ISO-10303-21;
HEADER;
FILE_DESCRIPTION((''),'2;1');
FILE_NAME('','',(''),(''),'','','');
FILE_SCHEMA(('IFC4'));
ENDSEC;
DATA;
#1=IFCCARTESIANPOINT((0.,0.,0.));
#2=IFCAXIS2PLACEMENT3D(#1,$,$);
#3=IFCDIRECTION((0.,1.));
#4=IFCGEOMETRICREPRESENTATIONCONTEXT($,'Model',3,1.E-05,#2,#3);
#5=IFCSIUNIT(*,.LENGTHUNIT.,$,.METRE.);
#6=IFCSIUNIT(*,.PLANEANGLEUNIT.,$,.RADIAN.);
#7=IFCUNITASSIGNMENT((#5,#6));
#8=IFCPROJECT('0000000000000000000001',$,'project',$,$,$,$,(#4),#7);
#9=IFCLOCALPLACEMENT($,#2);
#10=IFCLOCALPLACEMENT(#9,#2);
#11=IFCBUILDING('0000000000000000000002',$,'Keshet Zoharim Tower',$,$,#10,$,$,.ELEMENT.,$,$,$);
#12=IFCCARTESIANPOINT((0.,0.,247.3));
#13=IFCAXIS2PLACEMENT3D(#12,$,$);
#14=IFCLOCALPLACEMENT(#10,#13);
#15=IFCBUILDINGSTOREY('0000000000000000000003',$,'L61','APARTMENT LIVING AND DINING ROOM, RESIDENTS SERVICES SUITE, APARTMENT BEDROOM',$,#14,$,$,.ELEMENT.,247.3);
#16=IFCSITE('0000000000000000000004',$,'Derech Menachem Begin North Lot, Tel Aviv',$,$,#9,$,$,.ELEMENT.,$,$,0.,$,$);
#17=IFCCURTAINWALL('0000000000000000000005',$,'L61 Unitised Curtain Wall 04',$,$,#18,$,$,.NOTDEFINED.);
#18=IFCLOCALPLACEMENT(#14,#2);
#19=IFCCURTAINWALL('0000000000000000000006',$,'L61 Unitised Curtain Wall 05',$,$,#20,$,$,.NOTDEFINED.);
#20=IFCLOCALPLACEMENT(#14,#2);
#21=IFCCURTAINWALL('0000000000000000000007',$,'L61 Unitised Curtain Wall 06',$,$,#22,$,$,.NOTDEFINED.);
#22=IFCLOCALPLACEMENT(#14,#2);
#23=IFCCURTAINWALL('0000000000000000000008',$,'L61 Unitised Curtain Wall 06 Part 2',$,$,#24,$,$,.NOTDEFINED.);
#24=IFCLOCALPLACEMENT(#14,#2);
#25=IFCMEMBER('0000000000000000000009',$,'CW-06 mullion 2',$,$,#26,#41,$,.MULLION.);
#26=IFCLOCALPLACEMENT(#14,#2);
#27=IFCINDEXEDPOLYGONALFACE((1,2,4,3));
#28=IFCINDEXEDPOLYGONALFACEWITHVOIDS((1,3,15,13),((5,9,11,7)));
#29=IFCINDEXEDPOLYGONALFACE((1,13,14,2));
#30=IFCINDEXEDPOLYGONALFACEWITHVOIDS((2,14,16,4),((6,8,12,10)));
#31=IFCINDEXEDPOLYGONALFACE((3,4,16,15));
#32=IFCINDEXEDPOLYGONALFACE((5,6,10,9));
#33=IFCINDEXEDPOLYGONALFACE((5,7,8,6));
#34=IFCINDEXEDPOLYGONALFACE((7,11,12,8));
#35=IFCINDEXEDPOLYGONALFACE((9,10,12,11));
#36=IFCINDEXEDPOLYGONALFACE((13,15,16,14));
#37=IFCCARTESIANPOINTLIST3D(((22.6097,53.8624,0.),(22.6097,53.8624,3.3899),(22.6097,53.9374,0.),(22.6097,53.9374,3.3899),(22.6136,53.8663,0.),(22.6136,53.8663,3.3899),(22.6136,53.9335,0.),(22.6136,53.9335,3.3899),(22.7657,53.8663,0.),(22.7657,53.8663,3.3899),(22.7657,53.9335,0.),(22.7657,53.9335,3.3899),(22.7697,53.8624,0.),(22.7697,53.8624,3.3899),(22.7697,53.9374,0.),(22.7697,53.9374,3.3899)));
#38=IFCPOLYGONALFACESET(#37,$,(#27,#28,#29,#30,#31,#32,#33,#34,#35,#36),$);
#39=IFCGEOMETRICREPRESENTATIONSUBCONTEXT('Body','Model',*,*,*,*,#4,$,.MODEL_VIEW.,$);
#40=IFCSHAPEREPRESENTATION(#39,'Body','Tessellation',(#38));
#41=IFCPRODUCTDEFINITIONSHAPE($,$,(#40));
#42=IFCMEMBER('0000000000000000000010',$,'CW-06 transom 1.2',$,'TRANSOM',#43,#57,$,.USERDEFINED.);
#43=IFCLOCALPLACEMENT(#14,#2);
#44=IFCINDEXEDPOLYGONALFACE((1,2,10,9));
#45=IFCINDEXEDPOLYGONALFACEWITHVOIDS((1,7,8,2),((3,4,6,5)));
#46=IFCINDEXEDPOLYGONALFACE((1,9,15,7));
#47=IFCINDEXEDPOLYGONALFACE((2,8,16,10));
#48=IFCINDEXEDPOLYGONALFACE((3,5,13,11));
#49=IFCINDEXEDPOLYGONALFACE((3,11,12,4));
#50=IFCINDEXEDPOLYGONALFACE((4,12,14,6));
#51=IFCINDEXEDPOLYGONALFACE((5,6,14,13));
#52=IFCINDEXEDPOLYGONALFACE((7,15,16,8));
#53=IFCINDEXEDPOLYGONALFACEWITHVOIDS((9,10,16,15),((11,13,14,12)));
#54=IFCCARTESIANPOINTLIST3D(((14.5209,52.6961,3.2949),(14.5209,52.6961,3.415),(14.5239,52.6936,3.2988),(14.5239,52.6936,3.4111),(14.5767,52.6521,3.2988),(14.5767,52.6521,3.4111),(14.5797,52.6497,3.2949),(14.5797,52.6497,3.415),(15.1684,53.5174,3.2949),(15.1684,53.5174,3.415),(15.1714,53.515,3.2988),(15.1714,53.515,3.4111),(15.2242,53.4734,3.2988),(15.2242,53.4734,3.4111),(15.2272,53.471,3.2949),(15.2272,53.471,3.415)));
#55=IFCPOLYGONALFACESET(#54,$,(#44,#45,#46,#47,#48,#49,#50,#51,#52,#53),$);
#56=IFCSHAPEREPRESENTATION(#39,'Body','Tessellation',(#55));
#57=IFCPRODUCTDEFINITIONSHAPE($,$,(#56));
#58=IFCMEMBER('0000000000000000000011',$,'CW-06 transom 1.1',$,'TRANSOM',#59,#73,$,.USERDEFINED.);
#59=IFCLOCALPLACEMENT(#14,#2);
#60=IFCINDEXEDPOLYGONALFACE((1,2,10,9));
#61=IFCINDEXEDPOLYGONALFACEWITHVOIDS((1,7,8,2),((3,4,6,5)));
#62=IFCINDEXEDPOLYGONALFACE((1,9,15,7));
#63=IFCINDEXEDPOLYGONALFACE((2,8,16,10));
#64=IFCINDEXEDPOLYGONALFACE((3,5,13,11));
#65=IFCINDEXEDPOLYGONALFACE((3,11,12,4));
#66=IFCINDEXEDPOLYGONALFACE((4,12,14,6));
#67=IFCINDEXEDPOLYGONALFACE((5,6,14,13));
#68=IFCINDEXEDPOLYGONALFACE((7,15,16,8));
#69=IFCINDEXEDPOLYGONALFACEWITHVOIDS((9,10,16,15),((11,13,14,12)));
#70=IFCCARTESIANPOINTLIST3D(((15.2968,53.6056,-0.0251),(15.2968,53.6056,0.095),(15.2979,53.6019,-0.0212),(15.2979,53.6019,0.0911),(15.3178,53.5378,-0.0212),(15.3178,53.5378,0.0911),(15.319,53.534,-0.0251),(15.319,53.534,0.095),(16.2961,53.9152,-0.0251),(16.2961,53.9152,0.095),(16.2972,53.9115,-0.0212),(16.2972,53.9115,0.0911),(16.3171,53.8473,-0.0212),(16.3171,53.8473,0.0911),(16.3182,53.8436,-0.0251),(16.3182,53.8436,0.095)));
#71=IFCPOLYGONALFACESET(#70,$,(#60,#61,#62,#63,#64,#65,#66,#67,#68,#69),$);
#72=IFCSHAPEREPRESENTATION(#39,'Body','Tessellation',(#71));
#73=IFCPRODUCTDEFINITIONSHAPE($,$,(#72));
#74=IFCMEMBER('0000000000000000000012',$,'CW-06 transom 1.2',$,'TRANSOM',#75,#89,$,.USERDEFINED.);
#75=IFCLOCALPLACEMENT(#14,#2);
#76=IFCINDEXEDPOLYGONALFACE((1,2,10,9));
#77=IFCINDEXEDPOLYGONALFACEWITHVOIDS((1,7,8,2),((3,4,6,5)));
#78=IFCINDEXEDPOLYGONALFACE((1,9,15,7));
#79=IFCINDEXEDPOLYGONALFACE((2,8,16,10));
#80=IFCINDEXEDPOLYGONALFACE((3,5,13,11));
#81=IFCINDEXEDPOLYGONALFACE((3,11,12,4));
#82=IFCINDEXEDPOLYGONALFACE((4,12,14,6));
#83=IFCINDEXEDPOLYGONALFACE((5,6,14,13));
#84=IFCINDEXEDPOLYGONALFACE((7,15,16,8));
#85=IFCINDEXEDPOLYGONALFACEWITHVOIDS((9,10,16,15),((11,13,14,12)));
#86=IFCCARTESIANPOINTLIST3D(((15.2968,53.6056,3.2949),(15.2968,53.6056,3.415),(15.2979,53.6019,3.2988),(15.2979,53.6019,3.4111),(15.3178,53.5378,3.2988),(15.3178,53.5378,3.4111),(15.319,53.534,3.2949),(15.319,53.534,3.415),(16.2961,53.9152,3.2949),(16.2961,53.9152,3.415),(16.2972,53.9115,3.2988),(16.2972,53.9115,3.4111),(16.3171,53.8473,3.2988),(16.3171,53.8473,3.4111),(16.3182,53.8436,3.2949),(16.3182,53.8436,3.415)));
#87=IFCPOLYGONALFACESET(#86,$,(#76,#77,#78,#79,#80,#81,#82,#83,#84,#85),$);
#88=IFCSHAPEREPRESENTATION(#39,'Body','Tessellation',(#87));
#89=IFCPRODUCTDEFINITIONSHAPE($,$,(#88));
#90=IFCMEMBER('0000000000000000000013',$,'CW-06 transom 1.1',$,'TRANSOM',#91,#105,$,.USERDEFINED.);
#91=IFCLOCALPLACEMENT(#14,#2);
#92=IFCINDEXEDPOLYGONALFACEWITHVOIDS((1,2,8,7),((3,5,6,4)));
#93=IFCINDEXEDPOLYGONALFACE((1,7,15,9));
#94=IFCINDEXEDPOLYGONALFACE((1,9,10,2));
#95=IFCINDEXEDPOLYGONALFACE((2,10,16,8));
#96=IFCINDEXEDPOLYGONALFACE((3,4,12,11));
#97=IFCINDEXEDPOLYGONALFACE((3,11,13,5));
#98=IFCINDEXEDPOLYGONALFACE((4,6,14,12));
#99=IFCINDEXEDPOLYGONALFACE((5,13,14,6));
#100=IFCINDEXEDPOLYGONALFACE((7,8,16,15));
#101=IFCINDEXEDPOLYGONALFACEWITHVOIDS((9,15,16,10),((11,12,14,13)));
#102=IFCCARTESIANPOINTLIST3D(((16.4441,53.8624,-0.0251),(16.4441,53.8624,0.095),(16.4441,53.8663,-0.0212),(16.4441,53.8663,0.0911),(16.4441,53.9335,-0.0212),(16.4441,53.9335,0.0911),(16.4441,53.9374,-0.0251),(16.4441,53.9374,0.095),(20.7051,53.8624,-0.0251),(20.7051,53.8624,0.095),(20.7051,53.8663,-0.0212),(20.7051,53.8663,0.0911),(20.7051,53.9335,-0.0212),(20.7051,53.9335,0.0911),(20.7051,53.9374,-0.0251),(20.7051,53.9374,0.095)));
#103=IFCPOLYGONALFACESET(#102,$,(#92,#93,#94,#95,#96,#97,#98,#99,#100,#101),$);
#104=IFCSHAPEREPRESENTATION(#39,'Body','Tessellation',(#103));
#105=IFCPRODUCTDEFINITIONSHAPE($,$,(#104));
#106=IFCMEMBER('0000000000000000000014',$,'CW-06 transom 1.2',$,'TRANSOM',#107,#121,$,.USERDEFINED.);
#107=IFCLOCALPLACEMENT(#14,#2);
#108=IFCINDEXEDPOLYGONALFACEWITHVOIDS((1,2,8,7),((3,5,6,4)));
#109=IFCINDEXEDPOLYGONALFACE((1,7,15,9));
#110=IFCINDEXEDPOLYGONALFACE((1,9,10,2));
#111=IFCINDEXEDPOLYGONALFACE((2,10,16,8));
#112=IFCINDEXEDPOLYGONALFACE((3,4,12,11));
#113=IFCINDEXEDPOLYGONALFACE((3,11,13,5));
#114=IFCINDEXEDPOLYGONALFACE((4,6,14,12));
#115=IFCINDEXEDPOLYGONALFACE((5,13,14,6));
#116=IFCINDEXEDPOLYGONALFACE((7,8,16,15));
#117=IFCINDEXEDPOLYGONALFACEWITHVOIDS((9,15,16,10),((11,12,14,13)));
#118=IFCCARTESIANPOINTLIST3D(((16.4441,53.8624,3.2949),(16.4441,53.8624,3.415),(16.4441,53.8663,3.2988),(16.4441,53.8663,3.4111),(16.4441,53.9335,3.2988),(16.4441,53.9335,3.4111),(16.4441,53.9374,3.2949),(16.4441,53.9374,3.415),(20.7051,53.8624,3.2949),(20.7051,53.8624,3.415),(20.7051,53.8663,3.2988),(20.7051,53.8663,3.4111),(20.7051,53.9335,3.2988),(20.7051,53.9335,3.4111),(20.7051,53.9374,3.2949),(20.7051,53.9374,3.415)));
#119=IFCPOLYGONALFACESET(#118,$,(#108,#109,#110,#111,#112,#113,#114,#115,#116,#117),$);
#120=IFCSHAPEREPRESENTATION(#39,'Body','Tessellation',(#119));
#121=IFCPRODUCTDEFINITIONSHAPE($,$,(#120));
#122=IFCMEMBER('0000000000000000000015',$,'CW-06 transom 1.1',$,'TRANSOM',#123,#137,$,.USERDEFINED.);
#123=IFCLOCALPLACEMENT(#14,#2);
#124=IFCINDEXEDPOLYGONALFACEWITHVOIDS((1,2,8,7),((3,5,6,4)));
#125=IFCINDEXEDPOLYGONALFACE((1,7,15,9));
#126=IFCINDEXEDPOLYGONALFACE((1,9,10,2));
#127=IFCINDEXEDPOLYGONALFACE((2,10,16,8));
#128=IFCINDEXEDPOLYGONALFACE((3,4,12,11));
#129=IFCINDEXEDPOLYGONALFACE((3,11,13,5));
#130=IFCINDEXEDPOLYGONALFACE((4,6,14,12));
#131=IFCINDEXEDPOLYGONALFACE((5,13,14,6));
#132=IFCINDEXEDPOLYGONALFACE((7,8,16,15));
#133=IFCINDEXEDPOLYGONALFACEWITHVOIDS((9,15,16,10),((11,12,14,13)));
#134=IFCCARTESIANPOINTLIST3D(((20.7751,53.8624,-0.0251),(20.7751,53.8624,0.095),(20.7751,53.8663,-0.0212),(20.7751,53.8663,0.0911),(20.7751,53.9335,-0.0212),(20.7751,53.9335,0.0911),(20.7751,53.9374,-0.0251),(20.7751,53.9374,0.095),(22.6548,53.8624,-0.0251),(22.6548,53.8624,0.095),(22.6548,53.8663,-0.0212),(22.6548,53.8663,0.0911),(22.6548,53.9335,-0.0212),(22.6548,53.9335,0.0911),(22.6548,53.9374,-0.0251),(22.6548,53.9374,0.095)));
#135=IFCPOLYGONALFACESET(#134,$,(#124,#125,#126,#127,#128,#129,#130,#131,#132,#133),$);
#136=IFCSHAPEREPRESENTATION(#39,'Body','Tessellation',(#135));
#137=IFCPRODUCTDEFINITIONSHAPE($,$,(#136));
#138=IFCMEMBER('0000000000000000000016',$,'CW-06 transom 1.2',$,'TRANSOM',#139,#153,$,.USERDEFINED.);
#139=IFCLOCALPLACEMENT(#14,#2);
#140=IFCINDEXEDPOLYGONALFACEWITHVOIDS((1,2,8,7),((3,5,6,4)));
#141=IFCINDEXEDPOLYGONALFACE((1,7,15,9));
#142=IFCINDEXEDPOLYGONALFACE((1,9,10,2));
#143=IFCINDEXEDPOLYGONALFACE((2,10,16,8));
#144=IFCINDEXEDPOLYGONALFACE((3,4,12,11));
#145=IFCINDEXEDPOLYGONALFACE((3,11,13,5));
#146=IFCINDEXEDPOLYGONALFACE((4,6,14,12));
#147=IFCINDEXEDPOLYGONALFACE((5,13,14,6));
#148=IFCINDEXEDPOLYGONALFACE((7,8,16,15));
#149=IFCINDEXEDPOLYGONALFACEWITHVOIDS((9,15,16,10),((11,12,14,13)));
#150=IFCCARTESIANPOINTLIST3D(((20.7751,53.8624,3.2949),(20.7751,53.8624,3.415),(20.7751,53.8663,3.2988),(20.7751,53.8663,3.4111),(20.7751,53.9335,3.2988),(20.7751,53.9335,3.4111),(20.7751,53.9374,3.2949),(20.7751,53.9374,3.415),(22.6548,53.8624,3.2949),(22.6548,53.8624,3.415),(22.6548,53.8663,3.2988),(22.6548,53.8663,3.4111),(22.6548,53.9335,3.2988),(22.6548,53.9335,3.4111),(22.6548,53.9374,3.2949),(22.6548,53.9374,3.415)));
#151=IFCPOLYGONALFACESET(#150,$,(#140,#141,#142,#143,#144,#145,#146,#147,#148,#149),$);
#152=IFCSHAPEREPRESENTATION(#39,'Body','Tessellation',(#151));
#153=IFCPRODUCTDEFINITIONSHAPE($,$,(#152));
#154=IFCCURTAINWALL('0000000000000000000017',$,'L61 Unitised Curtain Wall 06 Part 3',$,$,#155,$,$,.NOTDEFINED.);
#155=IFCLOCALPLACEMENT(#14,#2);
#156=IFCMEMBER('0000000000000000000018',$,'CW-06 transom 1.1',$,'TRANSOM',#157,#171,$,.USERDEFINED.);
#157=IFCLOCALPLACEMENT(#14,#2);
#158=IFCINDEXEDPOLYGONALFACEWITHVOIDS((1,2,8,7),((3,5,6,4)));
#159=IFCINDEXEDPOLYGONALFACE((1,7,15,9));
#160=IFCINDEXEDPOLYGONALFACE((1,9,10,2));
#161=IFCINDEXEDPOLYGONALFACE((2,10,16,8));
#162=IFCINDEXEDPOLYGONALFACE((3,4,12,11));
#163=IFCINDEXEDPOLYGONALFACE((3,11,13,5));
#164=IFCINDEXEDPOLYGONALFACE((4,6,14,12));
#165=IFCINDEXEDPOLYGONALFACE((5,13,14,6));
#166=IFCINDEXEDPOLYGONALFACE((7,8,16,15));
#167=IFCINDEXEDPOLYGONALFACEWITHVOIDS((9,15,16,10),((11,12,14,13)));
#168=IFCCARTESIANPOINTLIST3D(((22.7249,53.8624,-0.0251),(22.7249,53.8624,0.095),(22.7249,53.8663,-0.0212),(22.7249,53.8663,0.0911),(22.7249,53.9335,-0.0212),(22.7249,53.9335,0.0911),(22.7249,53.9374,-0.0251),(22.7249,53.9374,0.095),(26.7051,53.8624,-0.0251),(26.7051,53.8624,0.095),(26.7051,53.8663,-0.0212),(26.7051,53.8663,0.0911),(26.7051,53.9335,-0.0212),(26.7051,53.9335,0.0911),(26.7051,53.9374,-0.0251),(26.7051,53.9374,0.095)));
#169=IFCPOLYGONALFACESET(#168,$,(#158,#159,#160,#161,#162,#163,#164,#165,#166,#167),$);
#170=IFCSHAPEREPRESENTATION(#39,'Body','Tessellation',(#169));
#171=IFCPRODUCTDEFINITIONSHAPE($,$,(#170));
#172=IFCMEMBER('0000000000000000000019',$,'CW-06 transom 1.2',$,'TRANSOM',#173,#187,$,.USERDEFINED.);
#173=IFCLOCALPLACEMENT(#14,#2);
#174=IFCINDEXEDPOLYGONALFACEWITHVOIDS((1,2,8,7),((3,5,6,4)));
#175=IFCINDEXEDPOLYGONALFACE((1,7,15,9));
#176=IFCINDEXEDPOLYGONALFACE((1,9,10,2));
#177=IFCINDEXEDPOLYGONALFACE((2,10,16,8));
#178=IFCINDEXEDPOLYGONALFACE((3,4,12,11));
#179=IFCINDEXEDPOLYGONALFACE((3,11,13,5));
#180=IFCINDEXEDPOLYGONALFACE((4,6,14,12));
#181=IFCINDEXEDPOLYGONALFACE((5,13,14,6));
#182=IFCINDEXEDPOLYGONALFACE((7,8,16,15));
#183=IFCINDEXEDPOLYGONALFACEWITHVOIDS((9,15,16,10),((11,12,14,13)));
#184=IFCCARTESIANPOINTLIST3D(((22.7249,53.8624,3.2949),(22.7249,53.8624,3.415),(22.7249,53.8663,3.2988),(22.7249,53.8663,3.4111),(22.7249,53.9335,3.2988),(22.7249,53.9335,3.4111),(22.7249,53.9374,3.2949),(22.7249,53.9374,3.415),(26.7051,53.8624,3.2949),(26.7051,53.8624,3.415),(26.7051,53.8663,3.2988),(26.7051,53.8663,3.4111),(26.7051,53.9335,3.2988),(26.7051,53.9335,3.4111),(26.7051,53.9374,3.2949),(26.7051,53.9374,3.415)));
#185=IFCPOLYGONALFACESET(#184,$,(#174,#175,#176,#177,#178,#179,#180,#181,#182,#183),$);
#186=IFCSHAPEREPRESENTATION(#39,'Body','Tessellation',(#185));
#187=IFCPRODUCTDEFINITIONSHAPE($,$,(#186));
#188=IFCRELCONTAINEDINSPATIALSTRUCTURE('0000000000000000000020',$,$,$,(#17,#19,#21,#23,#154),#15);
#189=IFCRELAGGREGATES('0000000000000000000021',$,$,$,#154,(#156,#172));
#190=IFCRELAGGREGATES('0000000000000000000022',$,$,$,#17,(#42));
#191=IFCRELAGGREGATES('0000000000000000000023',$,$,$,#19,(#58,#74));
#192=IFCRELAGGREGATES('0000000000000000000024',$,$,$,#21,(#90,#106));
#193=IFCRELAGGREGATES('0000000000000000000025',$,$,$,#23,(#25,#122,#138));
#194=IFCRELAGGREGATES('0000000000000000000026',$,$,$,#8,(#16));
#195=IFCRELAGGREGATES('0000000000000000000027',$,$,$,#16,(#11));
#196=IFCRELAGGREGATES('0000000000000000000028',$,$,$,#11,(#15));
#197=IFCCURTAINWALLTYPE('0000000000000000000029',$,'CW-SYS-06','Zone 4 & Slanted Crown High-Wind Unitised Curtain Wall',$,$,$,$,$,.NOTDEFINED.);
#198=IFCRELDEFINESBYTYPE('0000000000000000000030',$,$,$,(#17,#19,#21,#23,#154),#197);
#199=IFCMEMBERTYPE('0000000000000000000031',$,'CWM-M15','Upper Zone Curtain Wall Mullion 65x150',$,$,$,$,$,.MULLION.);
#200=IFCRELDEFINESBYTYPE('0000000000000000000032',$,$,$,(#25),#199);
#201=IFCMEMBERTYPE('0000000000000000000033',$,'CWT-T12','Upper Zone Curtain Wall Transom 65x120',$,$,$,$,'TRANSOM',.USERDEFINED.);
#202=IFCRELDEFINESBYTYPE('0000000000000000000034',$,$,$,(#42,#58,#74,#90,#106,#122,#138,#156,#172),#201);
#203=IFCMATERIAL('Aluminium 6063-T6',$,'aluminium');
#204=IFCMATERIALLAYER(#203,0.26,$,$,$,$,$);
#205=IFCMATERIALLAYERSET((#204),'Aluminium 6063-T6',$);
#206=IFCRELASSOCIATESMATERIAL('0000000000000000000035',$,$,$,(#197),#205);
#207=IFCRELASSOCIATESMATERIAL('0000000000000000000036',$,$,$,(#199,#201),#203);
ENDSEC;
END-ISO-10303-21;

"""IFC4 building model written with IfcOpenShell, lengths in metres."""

from ifc_helpers import new_model, si_unit, direction, frame, origin, origin_2d, place, context, subcontext, project, spatial, hollow_rectangle, extrude, material, layer, layer_set, material_profile, profile_set, type_object, element, aggregate, save


model = new_model("IFC4")

# Units and contexts
model_context = context("Model", 3, precision=1e-05, world=origin(), true_north=direction((0.0, 1.0)))
body_context = subcontext(model_context, "Body", "Model", "MODEL_VIEW")
ifc_project = project(units=[si_unit("LENGTHUNIT", "METRE"), si_unit("PLANEANGLEUNIT", "RADIAN")], contexts=[model_context])

# Site, building, storey
site_placement = place(None, origin())
site = spatial("IfcSite", under=ifc_project, at=site_placement, Name="Derech Menachem Begin North Lot, Tel Aviv", CompositionType="ELEMENT", RefElevation=0.0)
building_placement = place(site_placement, origin())
building = spatial("IfcBuilding", under=site, at=building_placement, Name="Keshet Zoharim Tower", CompositionType="ELEMENT")
storey_placement = place(building_placement, frame((0.0, 0.0, 247.3)))
storey = spatial("IfcBuildingStorey", under=building, at=storey_placement, Name="L61", Description="APARTMENT LIVING AND DINING ROOM, RESIDENTS SERVICES SUITE, APARTMENT BEDROOM", CompositionType="ELEMENT", Elevation=247.3)

# Curtain wall
ifc_material_1 = material(Name="Aluminium 6063-T6", Category="aluminium")
ifc_layer_1 = layer(ifc_material_1, 0.26)
ifc_layer_set_1 = layer_set([ifc_layer_1], Name="Aluminium 6063-T6")
curtain_wall_type = type_object("IfcCurtainWallType", Name="CW-SYS-06", Description="Zone 4 & Slanted Crown High-Wind Unitised Curtain Wall", PredefinedType="NOTDEFINED", material=ifc_layer_set_1)
curtain_wall_1_placement = place(storey_placement, origin())
curtain_wall_1 = element("IfcCurtainWall", 1, at=curtain_wall_1_placement, inside=storey, type_object=curtain_wall_type, Name="L61 Unitised Curtain Wall 04", PredefinedType="NOTDEFINED")
ifc_material_profile_1 = material_profile(ifc_material_1, hollow_rectangle(XDim=0.075, YDim=0.1599, WallThickness=0.0039, at=origin_2d()), Name="MUL-75x160")
ifc_profile_set_1 = profile_set([ifc_material_profile_1], Name="Aluminium 6063-T6")
member_type_1 = type_object("IfcMemberType", Name="CWM-M15", Description="Upper Zone Curtain Wall Mullion 65x150", PredefinedType="MULLION", material=ifc_profile_set_1)

# Curtain walls
curtain_wall_2_placement = place(storey_placement, origin())
curtain_wall_2 = element("IfcCurtainWall", 2, at=curtain_wall_2_placement, inside=storey, type_object=curtain_wall_type, Name="L61 Unitised Curtain Wall 05", PredefinedType="NOTDEFINED")
curtain_wall_3_placement = place(storey_placement, origin())
curtain_wall_3 = element("IfcCurtainWall", 3, at=curtain_wall_3_placement, inside=storey, type_object=curtain_wall_type, Name="L61 Unitised Curtain Wall 06", PredefinedType="NOTDEFINED")

# Curtain wall, member
curtain_wall_4_placement = place(storey_placement, origin())
curtain_wall_4 = element("IfcCurtainWall", 4, at=curtain_wall_4_placement, inside=storey, type_object=curtain_wall_type, Name="L61 Unitised Curtain Wall 06 Part 2", PredefinedType="NOTDEFINED")
member_1_placement = place(storey_placement, frame((22.6897, 53.8999, 0.0), z_axis=(0.0, 0.0, 1.0), x_axis=(0.0, 1.0, 0.0)))
member_1 = element("IfcMember", 5, at=member_1_placement, type_object=member_type_1, Name="CW-06 mullion 2", PredefinedType="MULLION", context=body_context, shape_type="SweptSolid", body=[
    extrude(hollow_rectangle(XDim=0.075, YDim=0.1599, WallThickness=0.0039, at=origin_2d()), origin(), (0.0, 0.0, 1.0), 3.3899),
])

# Members
ifc_material_profile_2 = material_profile(ifc_material_1, hollow_rectangle(XDim=0.075, YDim=0.1201, WallThickness=0.0039, at=origin_2d()), Name="TRN-75x120")
ifc_profile_set_2 = profile_set([ifc_material_profile_2], Name="Aluminium 6063-T6")
member_type_2 = type_object("IfcMemberType", Name="CWT-T12", Description="Upper Zone Curtain Wall Transom 65x120", ElementType="TRANSOM", PredefinedType="USERDEFINED", material=ifc_profile_set_2)
member_2_placement = place(storey_placement, frame((14.5503, 52.6729, 3.355), z_axis=(0.619099, 0.785313, 0.0), x_axis=(-0.785313, 0.619099, 0.0)))
member_2 = element("IfcMember", 6, at=member_2_placement, type_object=member_type_2, Name="CW-06 transom 1.2", ObjectType="TRANSOM", PredefinedType="USERDEFINED", context=body_context, shape_type="SweptSolid", body=[
    extrude(hollow_rectangle(XDim=0.075, YDim=0.1201, WallThickness=0.0039, at=origin_2d()), origin(), (0.0, 0.0, 1.0), 1.0459),
])
member_3_placement = place(storey_placement, frame((15.3079, 53.5698, 0.0349), z_axis=(0.955212, 0.295922, 0.0), x_axis=(-0.295922, 0.955212, 0.0)))
member_3 = element("IfcMember", 7, at=member_3_placement, type_object=member_type_2, Name="CW-06 transom 1.1", ObjectType="TRANSOM", PredefinedType="USERDEFINED", context=body_context, shape_type="SweptSolid", body=[
    extrude(hollow_rectangle(XDim=0.075, YDim=0.1201, WallThickness=0.0039, at=origin_2d()), origin(), (0.0, 0.0, 1.0), 1.0461),
])
member_4_placement = place(storey_placement, frame((15.3079, 53.5698, 3.355), z_axis=(0.955212, 0.295922, 0.0), x_axis=(-0.295922, 0.955212, 0.0)))
member_4 = element("IfcMember", 8, at=member_4_placement, type_object=member_type_2, Name="CW-06 transom 1.2", ObjectType="TRANSOM", PredefinedType="USERDEFINED", context=body_context, shape_type="SweptSolid", body=[
    extrude(hollow_rectangle(XDim=0.075, YDim=0.1201, WallThickness=0.0039, at=origin_2d()), origin(), (0.0, 0.0, 1.0), 1.0461),
])
member_5_placement = place(storey_placement, frame((16.4441, 53.8999, 0.0349), z_axis=(1.0, 0.0, 0.0), x_axis=(0.0, 1.0, 0.0)))
member_5 = element("IfcMember", 9, at=member_5_placement, type_object=member_type_2, Name="CW-06 transom 1.1", ObjectType="TRANSOM", PredefinedType="USERDEFINED", context=body_context, shape_type="SweptSolid", body=[
    extrude(hollow_rectangle(XDim=0.075, YDim=0.1201, WallThickness=0.0039, at=origin_2d()), origin(), (0.0, 0.0, 1.0), 4.261),
])
member_6_placement = place(storey_placement, frame((16.4441, 53.8999, 3.355), z_axis=(1.0, 0.0, 0.0), x_axis=(0.0, 1.0, 0.0)))
member_6 = element("IfcMember", 10, at=member_6_placement, type_object=member_type_2, Name="CW-06 transom 1.2", ObjectType="TRANSOM", PredefinedType="USERDEFINED", context=body_context, shape_type="SweptSolid", body=[
    extrude(hollow_rectangle(XDim=0.075, YDim=0.1201, WallThickness=0.0039, at=origin_2d()), origin(), (0.0, 0.0, 1.0), 4.261),
])
member_7_placement = place(storey_placement, frame((20.7751, 53.8999, 0.0349), z_axis=(1.0, 0.0, 0.0), x_axis=(0.0, 1.0, 0.0)))
member_7 = element("IfcMember", 11, at=member_7_placement, type_object=member_type_2, Name="CW-06 transom 1.1", ObjectType="TRANSOM", PredefinedType="USERDEFINED", context=body_context, shape_type="SweptSolid", body=[
    extrude(hollow_rectangle(XDim=0.075, YDim=0.1201, WallThickness=0.0039, at=origin_2d()), origin(), (0.0, 0.0, 1.0), 1.8796),
])
member_8_placement = place(storey_placement, frame((20.7751, 53.8999, 3.355), z_axis=(1.0, 0.0, 0.0), x_axis=(0.0, 1.0, 0.0)))
member_8 = element("IfcMember", 12, at=member_8_placement, type_object=member_type_2, Name="CW-06 transom 1.2", ObjectType="TRANSOM", PredefinedType="USERDEFINED", context=body_context, shape_type="SweptSolid", body=[
    extrude(hollow_rectangle(XDim=0.075, YDim=0.1201, WallThickness=0.0039, at=origin_2d()), origin(), (0.0, 0.0, 1.0), 1.8796),
])

# Curtain wall, members
curtain_wall_5_placement = place(storey_placement, origin())
curtain_wall_5 = element("IfcCurtainWall", 13, at=curtain_wall_5_placement, inside=storey, type_object=curtain_wall_type, Name="L61 Unitised Curtain Wall 06 Part 3", PredefinedType="NOTDEFINED")
member_9_placement = place(storey_placement, frame((22.7249, 53.8999, 0.0349), z_axis=(1.0, 0.0, 0.0), x_axis=(0.0, 1.0, 0.0)))
member_9 = element("IfcMember", 14, at=member_9_placement, type_object=member_type_2, Name="CW-06 transom 1.1", ObjectType="TRANSOM", PredefinedType="USERDEFINED", context=body_context, shape_type="SweptSolid", body=[
    extrude(hollow_rectangle(XDim=0.075, YDim=0.1201, WallThickness=0.0039, at=origin_2d()), origin(), (0.0, 0.0, 1.0), 3.9802),
])
member_10_placement = place(storey_placement, frame((22.7249, 53.8999, 3.355), z_axis=(1.0, 0.0, 0.0), x_axis=(0.0, 1.0, 0.0)))
member_10 = element("IfcMember", 15, at=member_10_placement, type_object=member_type_2, Name="CW-06 transom 1.2", ObjectType="TRANSOM", PredefinedType="USERDEFINED", context=body_context, shape_type="SweptSolid", body=[
    extrude(hollow_rectangle(XDim=0.075, YDim=0.1201, WallThickness=0.0039, at=origin_2d()), origin(), (0.0, 0.0, 1.0), 3.9802),
])
aggregate(curtain_wall_5, [member_9, member_10])

aggregate(curtain_wall_1, [member_2])
aggregate(curtain_wall_2, [member_3, member_4])
aggregate(curtain_wall_3, [member_5, member_6])
aggregate(curtain_wall_4, [member_1, member_7, member_8])

save(model, "model.ifc")
